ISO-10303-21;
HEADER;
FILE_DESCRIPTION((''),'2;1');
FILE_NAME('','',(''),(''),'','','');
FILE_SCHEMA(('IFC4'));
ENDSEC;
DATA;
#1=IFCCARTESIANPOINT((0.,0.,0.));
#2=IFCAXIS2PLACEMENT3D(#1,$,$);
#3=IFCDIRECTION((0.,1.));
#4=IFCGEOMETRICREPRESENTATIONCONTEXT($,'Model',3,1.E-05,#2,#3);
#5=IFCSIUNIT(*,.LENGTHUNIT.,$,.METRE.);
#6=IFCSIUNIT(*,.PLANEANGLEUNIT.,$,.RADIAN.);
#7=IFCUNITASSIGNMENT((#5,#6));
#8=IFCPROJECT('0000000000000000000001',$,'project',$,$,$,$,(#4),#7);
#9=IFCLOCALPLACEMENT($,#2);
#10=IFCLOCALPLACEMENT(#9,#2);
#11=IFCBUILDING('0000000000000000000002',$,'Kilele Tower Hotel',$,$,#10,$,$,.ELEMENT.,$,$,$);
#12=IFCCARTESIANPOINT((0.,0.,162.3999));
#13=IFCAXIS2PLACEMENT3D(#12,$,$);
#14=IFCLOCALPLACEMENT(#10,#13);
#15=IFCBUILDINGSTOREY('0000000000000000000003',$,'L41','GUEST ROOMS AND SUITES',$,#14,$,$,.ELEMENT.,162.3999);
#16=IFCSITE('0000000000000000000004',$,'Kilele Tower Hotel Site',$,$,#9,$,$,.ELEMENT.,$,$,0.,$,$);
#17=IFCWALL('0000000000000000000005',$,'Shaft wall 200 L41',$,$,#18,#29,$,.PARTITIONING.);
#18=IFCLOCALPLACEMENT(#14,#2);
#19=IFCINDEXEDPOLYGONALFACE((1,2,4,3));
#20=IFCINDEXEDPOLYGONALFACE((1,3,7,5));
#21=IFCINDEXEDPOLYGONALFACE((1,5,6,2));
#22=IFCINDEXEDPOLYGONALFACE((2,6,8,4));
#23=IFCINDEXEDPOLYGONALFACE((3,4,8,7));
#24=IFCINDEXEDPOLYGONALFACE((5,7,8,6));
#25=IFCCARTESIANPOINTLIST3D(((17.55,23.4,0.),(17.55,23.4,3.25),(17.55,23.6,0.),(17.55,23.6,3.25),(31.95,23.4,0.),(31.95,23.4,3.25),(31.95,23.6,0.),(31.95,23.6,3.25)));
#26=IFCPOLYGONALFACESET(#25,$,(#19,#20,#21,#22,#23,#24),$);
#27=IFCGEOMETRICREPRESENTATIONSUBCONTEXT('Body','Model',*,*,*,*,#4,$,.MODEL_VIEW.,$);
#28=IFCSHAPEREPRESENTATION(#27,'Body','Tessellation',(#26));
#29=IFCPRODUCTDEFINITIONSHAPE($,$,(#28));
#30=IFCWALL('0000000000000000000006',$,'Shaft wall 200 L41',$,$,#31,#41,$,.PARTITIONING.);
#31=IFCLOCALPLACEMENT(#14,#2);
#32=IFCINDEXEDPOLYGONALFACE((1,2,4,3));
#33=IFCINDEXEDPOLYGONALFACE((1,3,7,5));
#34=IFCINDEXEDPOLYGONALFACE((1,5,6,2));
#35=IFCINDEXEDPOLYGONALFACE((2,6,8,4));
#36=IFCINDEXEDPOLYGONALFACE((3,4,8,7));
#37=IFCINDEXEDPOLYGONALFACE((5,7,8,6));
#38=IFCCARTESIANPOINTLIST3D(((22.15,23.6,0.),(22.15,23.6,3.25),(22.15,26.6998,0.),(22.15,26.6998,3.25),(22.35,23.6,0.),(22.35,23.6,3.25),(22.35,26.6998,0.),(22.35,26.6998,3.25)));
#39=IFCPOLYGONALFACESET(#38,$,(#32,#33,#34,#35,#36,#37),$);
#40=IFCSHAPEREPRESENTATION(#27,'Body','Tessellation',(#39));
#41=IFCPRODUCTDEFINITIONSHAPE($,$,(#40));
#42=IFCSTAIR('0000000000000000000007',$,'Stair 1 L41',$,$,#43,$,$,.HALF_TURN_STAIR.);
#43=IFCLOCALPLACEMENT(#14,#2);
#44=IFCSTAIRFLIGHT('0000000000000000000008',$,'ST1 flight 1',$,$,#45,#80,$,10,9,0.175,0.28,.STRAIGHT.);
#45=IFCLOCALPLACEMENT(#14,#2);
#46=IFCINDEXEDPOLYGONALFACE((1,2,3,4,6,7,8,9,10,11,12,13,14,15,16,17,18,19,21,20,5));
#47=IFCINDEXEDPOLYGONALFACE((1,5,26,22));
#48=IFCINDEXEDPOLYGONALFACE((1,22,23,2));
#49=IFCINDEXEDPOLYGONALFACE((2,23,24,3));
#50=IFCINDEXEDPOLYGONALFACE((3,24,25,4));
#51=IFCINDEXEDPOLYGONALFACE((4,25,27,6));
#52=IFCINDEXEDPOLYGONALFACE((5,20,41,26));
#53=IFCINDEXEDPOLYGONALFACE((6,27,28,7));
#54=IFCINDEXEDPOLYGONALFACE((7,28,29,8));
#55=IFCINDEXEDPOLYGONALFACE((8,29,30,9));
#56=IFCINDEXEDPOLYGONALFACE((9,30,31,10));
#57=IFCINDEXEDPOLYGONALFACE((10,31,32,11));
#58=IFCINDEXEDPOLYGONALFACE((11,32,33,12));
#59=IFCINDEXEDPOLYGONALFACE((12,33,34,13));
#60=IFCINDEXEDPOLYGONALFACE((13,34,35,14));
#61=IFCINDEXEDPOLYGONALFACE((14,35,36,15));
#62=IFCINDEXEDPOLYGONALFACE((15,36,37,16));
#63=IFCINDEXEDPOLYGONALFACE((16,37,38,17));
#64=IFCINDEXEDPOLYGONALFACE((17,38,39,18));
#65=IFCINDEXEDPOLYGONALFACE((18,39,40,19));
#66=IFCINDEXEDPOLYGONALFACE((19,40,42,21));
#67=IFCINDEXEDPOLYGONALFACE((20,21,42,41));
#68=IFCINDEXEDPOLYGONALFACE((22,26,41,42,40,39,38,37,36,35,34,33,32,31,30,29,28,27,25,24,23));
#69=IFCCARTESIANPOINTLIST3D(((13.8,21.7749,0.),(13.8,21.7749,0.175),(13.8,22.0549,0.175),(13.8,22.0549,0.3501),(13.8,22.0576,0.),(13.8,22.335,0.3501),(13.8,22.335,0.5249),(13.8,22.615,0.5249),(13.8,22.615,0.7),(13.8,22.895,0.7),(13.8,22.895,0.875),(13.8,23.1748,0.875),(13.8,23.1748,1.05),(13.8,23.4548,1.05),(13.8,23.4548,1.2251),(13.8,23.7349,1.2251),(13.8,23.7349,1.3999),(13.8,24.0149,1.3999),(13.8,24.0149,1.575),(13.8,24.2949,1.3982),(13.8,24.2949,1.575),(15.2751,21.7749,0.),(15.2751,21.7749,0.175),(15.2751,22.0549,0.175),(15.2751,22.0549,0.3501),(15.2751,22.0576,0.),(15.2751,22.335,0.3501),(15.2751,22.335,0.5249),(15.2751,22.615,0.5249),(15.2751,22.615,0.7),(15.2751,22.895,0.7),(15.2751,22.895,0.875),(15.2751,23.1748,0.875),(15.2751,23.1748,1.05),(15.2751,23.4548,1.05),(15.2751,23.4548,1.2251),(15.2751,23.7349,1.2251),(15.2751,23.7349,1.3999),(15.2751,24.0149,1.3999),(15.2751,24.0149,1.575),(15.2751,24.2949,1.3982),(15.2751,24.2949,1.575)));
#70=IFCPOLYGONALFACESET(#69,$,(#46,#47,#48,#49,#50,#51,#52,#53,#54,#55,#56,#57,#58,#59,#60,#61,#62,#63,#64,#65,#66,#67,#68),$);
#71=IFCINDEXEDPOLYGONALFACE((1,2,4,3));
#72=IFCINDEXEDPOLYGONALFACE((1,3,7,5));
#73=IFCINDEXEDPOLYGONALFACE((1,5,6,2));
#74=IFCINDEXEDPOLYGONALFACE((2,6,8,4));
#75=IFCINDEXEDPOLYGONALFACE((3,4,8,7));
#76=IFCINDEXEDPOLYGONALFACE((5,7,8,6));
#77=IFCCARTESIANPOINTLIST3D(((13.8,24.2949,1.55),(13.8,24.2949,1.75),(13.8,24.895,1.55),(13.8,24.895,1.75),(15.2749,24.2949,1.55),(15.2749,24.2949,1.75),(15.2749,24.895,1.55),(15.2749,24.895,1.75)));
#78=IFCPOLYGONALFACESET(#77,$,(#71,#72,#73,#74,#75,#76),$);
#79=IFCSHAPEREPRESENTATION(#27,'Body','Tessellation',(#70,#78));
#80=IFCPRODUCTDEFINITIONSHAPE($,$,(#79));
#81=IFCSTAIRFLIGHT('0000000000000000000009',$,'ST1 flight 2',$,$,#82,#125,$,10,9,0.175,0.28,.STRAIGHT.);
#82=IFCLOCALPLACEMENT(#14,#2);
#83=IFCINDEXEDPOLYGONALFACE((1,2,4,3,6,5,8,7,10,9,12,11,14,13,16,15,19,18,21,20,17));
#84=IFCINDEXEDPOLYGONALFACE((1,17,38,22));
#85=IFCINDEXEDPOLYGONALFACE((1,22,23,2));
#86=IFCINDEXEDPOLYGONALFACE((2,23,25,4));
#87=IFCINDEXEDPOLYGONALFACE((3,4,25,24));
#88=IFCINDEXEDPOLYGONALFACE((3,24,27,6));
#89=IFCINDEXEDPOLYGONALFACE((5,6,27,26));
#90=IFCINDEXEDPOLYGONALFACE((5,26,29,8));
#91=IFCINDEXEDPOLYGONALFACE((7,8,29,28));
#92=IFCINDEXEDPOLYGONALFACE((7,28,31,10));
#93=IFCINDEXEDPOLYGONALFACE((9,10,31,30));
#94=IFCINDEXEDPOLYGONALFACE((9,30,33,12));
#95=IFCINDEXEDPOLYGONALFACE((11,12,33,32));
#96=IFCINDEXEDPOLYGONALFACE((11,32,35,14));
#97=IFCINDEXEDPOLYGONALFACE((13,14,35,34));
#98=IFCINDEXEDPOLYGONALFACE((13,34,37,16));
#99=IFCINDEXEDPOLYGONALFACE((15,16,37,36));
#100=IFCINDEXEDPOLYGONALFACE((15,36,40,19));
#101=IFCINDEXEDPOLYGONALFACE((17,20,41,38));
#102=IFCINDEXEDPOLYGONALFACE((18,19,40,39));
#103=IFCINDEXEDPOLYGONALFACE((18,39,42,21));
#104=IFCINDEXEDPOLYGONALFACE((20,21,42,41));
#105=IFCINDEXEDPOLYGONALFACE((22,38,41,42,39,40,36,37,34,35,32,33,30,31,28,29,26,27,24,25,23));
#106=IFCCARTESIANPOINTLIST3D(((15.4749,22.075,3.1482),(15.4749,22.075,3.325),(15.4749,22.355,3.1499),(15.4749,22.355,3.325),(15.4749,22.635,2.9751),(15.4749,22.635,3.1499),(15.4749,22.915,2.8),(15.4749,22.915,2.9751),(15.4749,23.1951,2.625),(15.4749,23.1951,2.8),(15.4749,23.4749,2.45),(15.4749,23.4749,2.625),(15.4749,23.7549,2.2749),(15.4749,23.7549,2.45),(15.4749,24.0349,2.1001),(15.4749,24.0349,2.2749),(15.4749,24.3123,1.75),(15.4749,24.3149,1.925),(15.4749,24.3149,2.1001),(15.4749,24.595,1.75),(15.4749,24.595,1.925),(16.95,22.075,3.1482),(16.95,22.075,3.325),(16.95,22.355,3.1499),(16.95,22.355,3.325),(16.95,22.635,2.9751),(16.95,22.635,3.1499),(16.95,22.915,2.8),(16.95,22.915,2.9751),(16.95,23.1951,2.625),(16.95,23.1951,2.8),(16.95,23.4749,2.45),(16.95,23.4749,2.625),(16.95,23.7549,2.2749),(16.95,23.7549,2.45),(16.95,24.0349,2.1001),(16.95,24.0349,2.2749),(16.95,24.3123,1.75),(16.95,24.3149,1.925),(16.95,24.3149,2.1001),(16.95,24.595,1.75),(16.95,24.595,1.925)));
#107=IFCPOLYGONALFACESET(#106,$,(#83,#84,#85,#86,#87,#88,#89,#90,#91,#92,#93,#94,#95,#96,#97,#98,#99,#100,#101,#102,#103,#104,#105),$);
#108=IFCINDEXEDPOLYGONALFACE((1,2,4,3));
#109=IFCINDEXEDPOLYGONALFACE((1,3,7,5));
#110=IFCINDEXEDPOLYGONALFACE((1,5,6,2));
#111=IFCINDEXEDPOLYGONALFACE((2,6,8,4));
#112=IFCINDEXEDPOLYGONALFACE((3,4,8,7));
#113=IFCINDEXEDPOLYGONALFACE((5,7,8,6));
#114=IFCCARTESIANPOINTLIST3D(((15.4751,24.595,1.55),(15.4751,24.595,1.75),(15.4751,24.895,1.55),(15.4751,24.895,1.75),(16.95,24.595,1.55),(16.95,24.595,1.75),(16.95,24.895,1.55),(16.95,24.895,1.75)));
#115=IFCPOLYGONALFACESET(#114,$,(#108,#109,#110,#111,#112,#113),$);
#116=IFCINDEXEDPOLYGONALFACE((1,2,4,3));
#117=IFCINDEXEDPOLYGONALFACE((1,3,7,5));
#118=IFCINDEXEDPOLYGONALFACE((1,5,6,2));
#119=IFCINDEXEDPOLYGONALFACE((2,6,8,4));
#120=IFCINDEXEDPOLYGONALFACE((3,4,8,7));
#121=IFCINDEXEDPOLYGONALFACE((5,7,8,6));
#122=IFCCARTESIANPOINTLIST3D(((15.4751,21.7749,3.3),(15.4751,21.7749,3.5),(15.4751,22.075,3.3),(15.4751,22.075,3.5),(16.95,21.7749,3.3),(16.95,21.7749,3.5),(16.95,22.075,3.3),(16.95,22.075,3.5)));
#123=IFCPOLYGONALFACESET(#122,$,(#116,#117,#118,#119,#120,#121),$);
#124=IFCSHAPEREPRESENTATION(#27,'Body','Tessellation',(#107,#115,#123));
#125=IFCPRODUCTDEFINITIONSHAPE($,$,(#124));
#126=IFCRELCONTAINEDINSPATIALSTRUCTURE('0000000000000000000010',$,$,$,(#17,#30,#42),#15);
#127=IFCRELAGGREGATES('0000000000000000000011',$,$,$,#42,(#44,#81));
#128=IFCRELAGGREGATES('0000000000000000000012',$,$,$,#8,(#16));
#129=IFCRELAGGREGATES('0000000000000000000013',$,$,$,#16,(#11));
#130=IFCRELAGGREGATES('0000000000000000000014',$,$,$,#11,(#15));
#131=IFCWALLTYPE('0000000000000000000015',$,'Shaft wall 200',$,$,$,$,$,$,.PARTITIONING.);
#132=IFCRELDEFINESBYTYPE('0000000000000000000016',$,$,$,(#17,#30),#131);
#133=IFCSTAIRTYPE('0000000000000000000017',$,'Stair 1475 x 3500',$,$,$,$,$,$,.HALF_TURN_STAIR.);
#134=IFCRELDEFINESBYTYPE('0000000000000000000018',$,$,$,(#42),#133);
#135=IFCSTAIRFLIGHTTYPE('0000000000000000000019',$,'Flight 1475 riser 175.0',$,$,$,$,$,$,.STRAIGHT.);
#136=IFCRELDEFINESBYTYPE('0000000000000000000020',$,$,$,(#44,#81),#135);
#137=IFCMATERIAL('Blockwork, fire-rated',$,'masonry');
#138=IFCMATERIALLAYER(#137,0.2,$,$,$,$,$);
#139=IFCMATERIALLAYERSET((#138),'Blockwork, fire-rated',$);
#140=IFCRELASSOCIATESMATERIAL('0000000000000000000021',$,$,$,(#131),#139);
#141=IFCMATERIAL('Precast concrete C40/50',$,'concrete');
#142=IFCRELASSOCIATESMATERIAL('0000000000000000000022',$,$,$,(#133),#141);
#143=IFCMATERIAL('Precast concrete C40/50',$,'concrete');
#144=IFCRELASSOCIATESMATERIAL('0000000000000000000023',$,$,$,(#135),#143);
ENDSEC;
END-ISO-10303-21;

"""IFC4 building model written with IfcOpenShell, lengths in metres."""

from ifc_helpers import new_model, si_unit, direction, frame, frame_2d, origin, place, context, subcontext, project, spatial, polyline, rectangle, outline, extrude, material, layer, layer_set, type_object, element, aggregate, save


model = new_model("IFC4")

# Units and contexts
model_context = context("Model", 3, precision=1e-05, world=origin(), true_north=direction((0.0, 1.0)))
body_context = subcontext(model_context, "Body", "Model", "MODEL_VIEW")
ifc_project = project(units=[si_unit("LENGTHUNIT", "METRE"), si_unit("PLANEANGLEUNIT", "RADIAN")], contexts=[model_context])

# Site, building, storey
site_placement = place(None, origin())
site = spatial("IfcSite", under=ifc_project, at=site_placement, Name="Kilele Tower Hotel Site", CompositionType="ELEMENT", RefElevation=0.0)
building_placement = place(site_placement, origin())
building = spatial("IfcBuilding", under=site, at=building_placement, Name="Kilele Tower Hotel", CompositionType="ELEMENT")
storey_placement = place(building_placement, frame((0.0, 0.0, 162.3999)))
storey = spatial("IfcBuildingStorey", under=building, at=storey_placement, Name="L41", Description="GUEST ROOMS AND SUITES", CompositionType="ELEMENT", Elevation=162.3999)

# Walls
ifc_material_1 = material(Name="Blockwork, fire-rated", Category="masonry")
ifc_layer_1 = layer(ifc_material_1, 0.2)
ifc_layer_set_1 = layer_set([ifc_layer_1], Name="Blockwork, fire-rated")
wall_type_1 = type_object("IfcWallType", Name="Shaft wall 200", PredefinedType="PARTITIONING", material=ifc_layer_set_1)
wall_1_placement = place(storey_placement, frame((17.55, 23.5, 0.0), z_axis=(0.0, 0.0, 1.0), x_axis=(1.0, 0.0, 0.0)))
element("IfcWall", 1, at=wall_1_placement, inside=storey, type_object=wall_type_1, Name="Shaft wall 200 L41", PredefinedType="PARTITIONING", context=body_context, shape_type="SweptSolid", body=[
    extrude(rectangle(XDim=14.3999, YDim=0.2, at=frame_2d((7.2, 0.0))), origin(), (0.0, 0.0, 1.0), 3.25),
])
wall_2_placement = place(storey_placement, frame((22.25, 23.6001, 0.0), z_axis=(0.0, 0.0, 1.0), x_axis=(0.0, 1.0, 0.0)))
element("IfcWall", 2, at=wall_2_placement, inside=storey, type_object=wall_type_1, Name="Shaft wall 200 L41", PredefinedType="PARTITIONING", context=body_context, shape_type="SweptSolid", body=[
    extrude(rectangle(XDim=3.0999, YDim=0.2, at=frame_2d((1.5498, 0.0))), origin(), (0.0, 0.0, 1.0), 3.25),
])

# Stair, stair flights
ifc_material_2 = material(Name="Precast concrete C40/50", Category="concrete")
stair_type = type_object("IfcStairType", Name="Stair 1475 x 3500", PredefinedType="HALF_TURN_STAIR", material=ifc_material_2)
stair_placement = place(storey_placement, origin())
stair = element("IfcStair", 3, at=stair_placement, inside=storey, type_object=stair_type, Name="Stair 1 L41", PredefinedType="HALF_TURN_STAIR")
ifc_material_3 = material(Name="Precast concrete C40/50", Category="concrete")
stair_flight_type = type_object("IfcStairFlightType", Name="Flight 1475 riser 175.0", PredefinedType="STRAIGHT", material=ifc_material_3)
stair_flight_1_placement = place(storey_placement, frame((14.5376, 21.7749, 0.0), z_axis=(0.0, 0.0, 1.0), x_axis=(0.0, 1.0, 0.0)))
stair_flight_1 = element("IfcStairFlight", 4, at=stair_flight_1_placement, type_object=stair_flight_type, Name="ST1 flight 1", NumberOfRisers=10, NumberOfTreads=9, PredefinedType="STRAIGHT", RiserHeight=0.175, TreadLength=0.28, context=body_context, shape_type="SweptSolid", body=[
    extrude(outline(polyline([(0.0, 0.0), (0.0, 0.175), (0.28, 0.175), (0.28, 0.3501), (0.5601, 0.3501), (0.5601, 0.5249), (0.8401, 0.5249), (0.8401, 0.7), (1.1201, 0.7), (1.1201, 0.875), (1.3999, 0.875), (1.3999, 1.05), (1.6799, 1.05), (1.6799, 1.2251), (1.96, 1.2251), (1.96, 1.3999), (2.24, 1.3999), (2.24, 1.575), (2.52, 1.575), (2.52, 1.75), (2.52, 1.3982), (0.2827, 0.0), (0.0, 0.0)])), frame((0.0, 0.7375, 0.0), z_axis=(0.0, -1.0, 0.0), x_axis=(1.0, 0.0, 0.0)), (0.0, 0.0, 1.0), 1.4751),
    extrude(outline(polyline([(2.52, 0.7375), (2.52, -0.7373), (3.1201, -0.7373), (3.1201, 0.7375), (2.52, 0.7375)])), frame((0.0, 0.0, 1.55)), (0.0, 0.0, 1.0), 0.2),
])
stair_flight_2_placement = place(storey_placement, frame((16.2124, 24.595, 1.75), z_axis=(0.0, 0.0, 1.0), x_axis=(0.0, -1.0, 0.0)))
stair_flight_2 = element("IfcStairFlight", 5, at=stair_flight_2_placement, type_object=stair_flight_type, Name="ST1 flight 2", NumberOfRisers=10, NumberOfTreads=9, PredefinedType="STRAIGHT", RiserHeight=0.175, TreadLength=0.28, context=body_context, shape_type="SweptSolid", body=[
    extrude(outline(polyline([(0.0, 0.0), (0.0, 0.175), (0.28, 0.175), (0.28, 0.3501), (0.5601, 0.3501), (0.5601, 0.5249), (0.8401, 0.5249), (0.8401, 0.7), (1.1201, 0.7), (1.1201, 0.875), (1.3999, 0.875), (1.3999, 1.05), (1.6799, 1.05), (1.6799, 1.2251), (1.96, 1.2251), (1.96, 1.3999), (2.24, 1.3999), (2.24, 1.575), (2.52, 1.575), (2.52, 1.75), (2.52, 1.3982), (0.2827, 0.0), (0.0, 0.0)])), frame((0.0, 0.7375, 0.0), z_axis=(0.0, -1.0, 0.0), x_axis=(1.0, 0.0, 0.0)), (0.0, 0.0, 1.0), 1.4751),
    extrude(outline(polyline([(0.0, -0.7373), (0.0, 0.7375), (-0.3, 0.7375), (-0.3, -0.7373), (0.0, -0.7373)])), frame((0.0, 0.0, -0.2)), (0.0, 0.0, 1.0), 0.2),
    extrude(outline(polyline([(2.8201, -0.7373), (2.8201, 0.7375), (2.52, 0.7375), (2.52, -0.7373), (2.8201, -0.7373)])), frame((0.0, 0.0, 1.55)), (0.0, 0.0, 1.0), 0.2),
])
aggregate(stair, [stair_flight_1, stair_flight_2])

save(model, "model.ifc")
